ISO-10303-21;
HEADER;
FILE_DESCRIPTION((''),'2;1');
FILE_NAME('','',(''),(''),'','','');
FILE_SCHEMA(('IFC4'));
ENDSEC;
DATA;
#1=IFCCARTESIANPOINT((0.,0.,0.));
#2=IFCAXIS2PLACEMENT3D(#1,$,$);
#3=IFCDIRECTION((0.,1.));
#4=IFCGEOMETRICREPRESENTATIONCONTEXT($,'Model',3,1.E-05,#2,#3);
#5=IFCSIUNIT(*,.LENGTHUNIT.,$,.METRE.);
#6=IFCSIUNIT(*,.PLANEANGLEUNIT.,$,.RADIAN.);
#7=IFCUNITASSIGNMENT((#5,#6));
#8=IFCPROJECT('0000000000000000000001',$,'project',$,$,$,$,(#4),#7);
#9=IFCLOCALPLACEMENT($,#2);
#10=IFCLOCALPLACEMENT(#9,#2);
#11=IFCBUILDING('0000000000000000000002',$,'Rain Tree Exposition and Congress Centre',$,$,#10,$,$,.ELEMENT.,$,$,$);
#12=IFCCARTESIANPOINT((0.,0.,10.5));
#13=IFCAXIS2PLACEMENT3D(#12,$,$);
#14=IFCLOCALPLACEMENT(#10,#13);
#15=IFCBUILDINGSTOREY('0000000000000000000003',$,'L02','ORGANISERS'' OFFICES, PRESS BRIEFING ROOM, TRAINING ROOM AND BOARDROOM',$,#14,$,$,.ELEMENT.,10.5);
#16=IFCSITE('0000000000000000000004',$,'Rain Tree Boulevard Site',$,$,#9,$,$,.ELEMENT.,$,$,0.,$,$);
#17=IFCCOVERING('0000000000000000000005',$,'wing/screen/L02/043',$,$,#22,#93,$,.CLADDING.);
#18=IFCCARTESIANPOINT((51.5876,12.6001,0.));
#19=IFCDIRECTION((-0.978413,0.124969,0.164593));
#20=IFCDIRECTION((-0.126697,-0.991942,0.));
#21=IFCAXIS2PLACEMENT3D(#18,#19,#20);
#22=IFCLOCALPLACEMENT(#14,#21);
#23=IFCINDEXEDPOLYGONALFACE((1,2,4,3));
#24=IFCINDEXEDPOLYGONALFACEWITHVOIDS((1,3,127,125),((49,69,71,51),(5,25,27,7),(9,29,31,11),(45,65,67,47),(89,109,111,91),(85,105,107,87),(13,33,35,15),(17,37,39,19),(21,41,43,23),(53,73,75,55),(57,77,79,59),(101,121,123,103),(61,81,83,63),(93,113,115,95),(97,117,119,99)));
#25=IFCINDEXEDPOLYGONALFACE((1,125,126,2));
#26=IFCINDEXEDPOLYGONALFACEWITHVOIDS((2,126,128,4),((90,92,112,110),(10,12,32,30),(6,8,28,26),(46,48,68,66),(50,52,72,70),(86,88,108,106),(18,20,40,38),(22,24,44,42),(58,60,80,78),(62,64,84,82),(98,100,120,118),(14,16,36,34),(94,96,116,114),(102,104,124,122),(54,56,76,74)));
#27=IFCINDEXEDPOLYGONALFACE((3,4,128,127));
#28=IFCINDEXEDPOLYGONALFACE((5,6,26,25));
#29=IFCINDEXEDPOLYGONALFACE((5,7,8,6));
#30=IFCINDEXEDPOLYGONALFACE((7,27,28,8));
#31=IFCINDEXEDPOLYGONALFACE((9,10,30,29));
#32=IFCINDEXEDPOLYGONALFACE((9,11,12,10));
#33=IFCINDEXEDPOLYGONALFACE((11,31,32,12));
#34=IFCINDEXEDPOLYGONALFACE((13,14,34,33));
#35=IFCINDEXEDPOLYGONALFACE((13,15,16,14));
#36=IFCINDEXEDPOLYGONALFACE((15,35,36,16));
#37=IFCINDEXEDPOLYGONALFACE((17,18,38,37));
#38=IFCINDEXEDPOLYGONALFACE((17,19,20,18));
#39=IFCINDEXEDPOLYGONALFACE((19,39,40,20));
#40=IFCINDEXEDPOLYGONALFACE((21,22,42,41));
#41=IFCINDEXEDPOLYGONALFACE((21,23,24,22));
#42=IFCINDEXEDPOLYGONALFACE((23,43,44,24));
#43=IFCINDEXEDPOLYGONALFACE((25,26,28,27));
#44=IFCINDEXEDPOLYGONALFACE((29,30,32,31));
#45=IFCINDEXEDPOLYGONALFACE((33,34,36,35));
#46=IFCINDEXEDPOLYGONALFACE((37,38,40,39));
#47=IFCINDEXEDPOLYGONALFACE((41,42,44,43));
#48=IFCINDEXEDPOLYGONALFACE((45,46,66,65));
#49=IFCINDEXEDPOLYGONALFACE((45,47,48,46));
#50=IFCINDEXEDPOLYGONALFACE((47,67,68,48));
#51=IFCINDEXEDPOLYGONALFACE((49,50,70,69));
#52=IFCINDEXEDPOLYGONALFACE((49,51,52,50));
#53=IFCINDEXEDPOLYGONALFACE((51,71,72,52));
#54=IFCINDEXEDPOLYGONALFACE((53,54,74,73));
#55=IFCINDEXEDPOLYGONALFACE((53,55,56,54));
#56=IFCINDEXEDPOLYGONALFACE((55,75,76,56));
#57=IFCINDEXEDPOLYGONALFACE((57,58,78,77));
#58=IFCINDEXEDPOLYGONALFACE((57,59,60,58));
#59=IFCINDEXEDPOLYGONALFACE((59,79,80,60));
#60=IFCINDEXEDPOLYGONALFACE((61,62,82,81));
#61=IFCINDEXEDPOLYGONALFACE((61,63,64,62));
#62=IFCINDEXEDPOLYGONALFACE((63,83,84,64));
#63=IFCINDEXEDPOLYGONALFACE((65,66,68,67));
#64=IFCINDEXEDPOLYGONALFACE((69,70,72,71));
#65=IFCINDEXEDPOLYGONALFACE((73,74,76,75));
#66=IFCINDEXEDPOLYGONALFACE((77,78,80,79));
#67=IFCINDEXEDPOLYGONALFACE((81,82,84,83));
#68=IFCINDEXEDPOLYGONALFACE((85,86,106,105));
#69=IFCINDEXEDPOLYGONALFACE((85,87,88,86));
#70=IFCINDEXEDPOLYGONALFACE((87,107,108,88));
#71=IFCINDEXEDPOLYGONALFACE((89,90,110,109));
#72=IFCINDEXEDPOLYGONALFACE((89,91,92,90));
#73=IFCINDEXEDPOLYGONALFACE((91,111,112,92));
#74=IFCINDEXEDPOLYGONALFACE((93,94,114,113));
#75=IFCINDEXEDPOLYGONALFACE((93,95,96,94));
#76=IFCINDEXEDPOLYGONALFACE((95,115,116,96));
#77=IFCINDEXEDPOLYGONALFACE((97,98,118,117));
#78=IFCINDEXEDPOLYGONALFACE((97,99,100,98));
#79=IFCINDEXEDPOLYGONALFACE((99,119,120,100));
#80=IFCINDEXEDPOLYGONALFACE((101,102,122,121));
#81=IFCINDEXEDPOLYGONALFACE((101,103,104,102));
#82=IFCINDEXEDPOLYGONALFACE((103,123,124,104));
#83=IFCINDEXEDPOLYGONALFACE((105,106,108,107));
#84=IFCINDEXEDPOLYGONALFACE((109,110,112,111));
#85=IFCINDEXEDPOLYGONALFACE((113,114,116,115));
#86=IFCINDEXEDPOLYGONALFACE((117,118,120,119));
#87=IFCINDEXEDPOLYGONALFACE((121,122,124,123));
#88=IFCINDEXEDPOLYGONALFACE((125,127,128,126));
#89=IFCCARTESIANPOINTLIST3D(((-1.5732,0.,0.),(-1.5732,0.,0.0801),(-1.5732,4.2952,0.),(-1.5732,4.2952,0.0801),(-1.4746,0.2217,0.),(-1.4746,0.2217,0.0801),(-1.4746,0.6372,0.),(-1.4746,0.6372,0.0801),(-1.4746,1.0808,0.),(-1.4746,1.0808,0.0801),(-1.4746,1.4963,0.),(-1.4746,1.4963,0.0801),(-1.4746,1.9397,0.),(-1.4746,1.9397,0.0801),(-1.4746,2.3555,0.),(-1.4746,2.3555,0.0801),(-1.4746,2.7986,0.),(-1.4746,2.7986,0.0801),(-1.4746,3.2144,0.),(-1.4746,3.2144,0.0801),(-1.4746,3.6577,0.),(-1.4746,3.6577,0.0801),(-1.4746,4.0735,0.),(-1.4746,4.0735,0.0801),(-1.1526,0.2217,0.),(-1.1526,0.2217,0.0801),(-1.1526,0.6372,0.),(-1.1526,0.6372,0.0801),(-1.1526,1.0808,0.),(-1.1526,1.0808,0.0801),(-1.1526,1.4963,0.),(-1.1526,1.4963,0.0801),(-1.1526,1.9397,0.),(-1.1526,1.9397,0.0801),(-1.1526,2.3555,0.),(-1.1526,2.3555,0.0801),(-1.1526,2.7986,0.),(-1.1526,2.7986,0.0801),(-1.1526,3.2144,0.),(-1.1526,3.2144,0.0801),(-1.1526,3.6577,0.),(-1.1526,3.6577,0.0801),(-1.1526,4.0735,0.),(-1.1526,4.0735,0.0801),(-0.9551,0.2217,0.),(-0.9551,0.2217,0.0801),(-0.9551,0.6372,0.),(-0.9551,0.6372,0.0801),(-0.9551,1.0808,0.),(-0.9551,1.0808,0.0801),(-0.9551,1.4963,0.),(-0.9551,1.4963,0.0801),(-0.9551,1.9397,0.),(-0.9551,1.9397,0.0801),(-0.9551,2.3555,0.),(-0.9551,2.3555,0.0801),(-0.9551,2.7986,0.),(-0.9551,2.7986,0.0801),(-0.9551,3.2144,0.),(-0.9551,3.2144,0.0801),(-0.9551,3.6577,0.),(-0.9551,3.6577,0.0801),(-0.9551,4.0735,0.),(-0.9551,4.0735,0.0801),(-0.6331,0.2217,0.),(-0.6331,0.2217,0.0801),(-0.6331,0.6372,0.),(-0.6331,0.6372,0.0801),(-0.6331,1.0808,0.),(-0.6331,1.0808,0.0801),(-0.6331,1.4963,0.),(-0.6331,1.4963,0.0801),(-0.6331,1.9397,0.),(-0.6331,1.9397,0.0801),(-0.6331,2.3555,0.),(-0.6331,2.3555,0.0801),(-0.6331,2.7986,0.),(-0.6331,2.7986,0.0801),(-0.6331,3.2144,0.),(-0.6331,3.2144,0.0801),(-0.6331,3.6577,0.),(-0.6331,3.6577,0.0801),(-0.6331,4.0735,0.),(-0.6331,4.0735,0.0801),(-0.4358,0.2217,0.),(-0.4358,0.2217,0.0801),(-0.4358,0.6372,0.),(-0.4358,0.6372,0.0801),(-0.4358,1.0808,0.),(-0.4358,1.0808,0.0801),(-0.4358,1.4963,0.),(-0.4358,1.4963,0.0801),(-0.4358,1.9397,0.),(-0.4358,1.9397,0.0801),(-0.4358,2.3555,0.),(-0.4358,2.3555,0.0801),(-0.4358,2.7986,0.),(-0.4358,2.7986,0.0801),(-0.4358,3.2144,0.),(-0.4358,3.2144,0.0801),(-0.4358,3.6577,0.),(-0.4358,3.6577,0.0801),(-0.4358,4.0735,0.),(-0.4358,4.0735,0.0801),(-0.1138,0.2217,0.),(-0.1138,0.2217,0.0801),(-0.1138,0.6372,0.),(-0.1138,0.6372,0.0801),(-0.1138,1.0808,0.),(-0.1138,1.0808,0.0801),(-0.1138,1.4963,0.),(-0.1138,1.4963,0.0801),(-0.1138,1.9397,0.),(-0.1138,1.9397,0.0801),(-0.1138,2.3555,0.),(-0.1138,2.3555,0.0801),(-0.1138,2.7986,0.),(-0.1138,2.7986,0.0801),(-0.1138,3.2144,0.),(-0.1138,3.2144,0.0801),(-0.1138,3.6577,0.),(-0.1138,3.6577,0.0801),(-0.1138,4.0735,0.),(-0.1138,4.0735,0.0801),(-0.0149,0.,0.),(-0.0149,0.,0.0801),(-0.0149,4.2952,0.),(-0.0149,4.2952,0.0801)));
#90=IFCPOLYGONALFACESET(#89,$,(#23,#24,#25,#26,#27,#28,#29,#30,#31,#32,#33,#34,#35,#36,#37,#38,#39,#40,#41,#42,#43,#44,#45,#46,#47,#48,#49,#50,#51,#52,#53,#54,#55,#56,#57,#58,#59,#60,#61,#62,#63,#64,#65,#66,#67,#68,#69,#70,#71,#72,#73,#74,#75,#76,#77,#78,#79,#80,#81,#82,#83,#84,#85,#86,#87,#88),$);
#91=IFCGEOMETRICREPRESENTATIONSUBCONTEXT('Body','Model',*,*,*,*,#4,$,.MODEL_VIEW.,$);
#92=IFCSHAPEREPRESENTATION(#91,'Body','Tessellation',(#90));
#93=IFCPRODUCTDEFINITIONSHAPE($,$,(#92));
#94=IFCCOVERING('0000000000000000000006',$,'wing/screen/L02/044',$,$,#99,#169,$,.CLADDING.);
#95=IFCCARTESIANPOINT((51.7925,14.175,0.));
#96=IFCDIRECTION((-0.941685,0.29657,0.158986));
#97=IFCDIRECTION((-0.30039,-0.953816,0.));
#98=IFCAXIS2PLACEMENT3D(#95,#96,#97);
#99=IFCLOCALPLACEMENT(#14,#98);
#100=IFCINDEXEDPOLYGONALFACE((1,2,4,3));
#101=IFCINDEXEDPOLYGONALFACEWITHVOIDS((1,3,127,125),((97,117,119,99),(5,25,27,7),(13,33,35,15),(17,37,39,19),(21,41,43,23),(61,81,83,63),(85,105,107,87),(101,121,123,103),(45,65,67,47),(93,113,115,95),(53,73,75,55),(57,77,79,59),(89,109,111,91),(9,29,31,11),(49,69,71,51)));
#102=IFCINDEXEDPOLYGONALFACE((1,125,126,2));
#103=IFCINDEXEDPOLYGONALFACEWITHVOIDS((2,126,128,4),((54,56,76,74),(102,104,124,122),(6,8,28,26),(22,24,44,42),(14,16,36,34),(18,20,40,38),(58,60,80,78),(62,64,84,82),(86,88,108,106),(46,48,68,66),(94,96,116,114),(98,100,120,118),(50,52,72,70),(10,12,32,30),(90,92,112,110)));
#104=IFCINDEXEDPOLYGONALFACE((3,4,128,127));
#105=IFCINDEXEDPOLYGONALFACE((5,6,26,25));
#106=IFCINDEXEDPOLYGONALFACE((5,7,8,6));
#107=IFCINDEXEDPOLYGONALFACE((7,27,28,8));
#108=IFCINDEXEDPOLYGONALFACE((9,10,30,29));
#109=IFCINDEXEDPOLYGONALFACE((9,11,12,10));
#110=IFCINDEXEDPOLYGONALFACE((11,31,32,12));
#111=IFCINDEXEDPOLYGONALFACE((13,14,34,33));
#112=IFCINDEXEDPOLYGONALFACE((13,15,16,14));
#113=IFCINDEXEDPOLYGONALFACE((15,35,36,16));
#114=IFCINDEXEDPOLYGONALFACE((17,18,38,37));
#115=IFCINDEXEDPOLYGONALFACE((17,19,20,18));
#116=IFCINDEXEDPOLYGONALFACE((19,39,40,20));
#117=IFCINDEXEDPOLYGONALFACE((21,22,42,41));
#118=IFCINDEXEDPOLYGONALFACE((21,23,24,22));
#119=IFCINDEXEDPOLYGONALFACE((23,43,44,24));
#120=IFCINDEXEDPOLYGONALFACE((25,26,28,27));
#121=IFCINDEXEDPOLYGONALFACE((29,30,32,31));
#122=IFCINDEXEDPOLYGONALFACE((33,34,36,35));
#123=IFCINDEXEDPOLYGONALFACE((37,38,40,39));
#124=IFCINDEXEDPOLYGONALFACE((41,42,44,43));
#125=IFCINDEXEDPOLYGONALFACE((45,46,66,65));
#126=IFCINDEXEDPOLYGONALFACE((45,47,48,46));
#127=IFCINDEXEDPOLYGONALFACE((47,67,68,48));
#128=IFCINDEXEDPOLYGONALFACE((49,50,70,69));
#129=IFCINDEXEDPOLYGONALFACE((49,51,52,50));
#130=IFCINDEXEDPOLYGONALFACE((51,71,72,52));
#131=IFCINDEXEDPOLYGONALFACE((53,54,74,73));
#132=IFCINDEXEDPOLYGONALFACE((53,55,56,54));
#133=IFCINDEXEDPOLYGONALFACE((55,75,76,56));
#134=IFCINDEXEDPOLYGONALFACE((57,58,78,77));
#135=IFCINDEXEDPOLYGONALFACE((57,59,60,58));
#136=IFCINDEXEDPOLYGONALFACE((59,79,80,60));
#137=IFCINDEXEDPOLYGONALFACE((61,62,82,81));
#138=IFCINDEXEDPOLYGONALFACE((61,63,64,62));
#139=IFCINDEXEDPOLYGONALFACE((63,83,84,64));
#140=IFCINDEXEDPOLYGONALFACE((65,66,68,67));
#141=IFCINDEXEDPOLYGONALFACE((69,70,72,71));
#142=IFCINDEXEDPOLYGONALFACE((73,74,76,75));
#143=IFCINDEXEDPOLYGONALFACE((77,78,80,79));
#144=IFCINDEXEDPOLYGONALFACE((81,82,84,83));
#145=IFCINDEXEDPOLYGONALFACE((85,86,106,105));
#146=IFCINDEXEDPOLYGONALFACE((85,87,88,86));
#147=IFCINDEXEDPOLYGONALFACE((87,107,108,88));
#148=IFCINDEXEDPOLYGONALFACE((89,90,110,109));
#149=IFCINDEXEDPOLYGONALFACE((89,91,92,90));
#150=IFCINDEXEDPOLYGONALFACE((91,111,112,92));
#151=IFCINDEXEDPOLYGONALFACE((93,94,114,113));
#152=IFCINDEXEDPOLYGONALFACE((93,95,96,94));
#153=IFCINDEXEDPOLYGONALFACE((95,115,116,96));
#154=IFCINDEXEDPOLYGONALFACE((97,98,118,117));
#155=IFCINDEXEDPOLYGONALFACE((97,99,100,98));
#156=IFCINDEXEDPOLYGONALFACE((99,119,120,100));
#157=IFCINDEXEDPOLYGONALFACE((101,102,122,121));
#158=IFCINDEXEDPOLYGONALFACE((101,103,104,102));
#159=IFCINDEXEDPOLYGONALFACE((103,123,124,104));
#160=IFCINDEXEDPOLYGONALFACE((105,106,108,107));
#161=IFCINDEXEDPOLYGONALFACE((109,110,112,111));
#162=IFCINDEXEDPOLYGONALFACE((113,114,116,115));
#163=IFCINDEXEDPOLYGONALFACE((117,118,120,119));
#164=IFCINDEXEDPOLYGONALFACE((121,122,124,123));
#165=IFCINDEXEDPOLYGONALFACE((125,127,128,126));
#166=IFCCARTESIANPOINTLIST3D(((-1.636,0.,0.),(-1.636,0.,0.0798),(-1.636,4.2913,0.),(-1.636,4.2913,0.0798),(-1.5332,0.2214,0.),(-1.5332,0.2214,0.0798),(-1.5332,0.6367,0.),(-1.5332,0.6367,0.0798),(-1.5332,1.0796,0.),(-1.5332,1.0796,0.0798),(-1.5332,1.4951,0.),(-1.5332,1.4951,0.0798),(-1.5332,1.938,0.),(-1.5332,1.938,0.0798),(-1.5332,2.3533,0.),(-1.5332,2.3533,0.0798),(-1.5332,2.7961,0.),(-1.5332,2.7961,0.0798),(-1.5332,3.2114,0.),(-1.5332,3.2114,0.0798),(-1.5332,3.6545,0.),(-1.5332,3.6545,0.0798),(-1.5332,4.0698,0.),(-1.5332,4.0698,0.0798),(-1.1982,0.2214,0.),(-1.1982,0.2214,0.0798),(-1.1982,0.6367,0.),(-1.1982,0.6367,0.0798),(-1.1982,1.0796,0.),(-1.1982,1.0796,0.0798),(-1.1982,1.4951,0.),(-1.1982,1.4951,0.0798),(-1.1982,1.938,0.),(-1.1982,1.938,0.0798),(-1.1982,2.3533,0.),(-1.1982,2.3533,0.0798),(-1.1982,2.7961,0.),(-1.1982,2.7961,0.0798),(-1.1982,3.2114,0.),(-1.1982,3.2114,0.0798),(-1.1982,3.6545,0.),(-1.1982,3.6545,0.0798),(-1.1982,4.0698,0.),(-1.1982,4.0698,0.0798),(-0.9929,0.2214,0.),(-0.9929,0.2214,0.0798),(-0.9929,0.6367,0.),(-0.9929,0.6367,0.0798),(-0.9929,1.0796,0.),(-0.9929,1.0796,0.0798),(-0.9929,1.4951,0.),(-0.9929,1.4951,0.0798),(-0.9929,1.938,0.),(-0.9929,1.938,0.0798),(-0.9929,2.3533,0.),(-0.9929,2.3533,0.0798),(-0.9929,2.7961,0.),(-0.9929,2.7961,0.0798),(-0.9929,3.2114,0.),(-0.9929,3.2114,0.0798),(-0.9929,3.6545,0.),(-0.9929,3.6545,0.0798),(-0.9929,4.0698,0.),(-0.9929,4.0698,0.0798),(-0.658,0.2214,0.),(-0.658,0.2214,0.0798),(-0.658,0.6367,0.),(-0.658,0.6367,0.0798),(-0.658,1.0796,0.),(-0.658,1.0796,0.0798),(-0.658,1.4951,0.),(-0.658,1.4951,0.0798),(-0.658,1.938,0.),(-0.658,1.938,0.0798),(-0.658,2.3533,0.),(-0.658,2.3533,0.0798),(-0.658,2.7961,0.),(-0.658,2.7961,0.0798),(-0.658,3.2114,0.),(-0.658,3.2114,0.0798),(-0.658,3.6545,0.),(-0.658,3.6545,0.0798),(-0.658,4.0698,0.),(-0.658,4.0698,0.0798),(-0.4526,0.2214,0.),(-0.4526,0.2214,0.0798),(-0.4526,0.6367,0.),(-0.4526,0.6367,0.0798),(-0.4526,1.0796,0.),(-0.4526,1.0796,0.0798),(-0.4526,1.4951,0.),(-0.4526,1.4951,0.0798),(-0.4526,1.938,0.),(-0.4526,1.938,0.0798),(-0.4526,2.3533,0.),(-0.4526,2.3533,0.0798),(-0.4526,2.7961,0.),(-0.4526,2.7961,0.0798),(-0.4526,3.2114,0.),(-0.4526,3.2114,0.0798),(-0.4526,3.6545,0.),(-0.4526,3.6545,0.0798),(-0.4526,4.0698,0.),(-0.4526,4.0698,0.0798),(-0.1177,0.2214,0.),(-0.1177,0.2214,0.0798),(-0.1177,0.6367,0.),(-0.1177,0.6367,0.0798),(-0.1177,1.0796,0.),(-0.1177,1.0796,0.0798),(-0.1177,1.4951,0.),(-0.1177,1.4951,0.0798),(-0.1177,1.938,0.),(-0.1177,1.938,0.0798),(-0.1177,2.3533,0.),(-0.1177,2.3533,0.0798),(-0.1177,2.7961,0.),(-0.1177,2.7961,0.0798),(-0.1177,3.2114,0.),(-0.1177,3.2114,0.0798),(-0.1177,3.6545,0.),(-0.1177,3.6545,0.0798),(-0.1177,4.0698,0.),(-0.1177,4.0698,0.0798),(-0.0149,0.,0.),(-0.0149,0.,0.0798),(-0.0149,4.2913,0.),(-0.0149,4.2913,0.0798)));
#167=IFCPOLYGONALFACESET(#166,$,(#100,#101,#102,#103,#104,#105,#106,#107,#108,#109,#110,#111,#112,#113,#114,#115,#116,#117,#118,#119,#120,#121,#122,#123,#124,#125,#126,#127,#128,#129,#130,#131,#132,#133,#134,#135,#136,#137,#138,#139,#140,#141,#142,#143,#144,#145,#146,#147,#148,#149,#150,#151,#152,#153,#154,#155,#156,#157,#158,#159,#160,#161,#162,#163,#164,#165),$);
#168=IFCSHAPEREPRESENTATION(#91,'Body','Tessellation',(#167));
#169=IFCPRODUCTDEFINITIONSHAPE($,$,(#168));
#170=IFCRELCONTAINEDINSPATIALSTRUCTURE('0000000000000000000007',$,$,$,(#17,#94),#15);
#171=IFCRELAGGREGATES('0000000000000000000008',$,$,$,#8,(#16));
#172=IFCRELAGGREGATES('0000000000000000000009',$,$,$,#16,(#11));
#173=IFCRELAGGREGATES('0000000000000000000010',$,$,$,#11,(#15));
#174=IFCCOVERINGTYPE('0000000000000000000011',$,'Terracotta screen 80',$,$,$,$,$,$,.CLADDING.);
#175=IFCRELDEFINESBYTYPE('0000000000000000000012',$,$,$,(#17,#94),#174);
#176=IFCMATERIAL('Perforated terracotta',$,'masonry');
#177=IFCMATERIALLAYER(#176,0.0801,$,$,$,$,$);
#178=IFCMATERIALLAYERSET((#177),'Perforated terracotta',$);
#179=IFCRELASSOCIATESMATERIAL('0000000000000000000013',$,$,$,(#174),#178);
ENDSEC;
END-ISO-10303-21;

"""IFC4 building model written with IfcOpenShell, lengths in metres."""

from ifc_helpers import new_model, si_unit, direction, frame, origin, place, context, subcontext, project, spatial, polyline, outline, extrude, material, layer, layer_set, type_object, element, save


model = new_model("IFC4")

# Units and contexts
model_context = context("Model", 3, precision=1e-05, world=origin(), true_north=direction((0.0, 1.0)))
body_context = subcontext(model_context, "Body", "Model", "MODEL_VIEW")
ifc_project = project(units=[si_unit("LENGTHUNIT", "METRE"), si_unit("PLANEANGLEUNIT", "RADIAN")], contexts=[model_context])

# Site, building, storey
site_placement = place(None, origin())
site = spatial("IfcSite", under=ifc_project, at=site_placement, Name="Rain Tree Boulevard Site", CompositionType="ELEMENT", RefElevation=0.0)
building_placement = place(site_placement, origin())
building = spatial("IfcBuilding", under=site, at=building_placement, Name="Rain Tree Exposition and Congress Centre", CompositionType="ELEMENT")
storey_placement = place(building_placement, frame((0.0, 0.0, 10.5)))
storey = spatial("IfcBuildingStorey", under=building, at=storey_placement, Name="L02", Description="ORGANISERS' OFFICES, PRESS BRIEFING ROOM, TRAINING ROOM AND BOARDROOM", CompositionType="ELEMENT", Elevation=10.5)

# Coverings
ifc_material_1 = material(Name="Perforated terracotta", Category="masonry")
ifc_layer_1 = layer(ifc_material_1, 0.0801)
ifc_layer_set_1 = layer_set([ifc_layer_1], Name="Perforated terracotta")
covering_type = type_object("IfcCoveringType", Name="Terracotta screen 80", PredefinedType="CLADDING", material=ifc_layer_set_1)
covering_1_placement = place(storey_placement, frame((51.5876, 12.6001, 0.0), z_axis=(-0.978413, 0.124969, 0.164593), x_axis=(-0.126697, -0.991942, 0.0)))
element("IfcCovering", 1, at=covering_1_placement, inside=storey, type_object=covering_type, Name="wing/screen/L02/043", PredefinedType="CLADDING", context=body_context, shape_type="SweptSolid", body=[
    extrude(outline(polyline([(-1.5732, 0.0), (-1.5732, 4.2952), (-0.0149, 4.2952), (-0.0149, 0.0), (-1.5732, 0.0)]), holes=[polyline([(-0.1138, 0.2217), (-0.1138, 0.6372), (-0.4358, 0.6372), (-0.4358, 0.2217), (-0.1138, 0.2217)]), polyline([(-0.1138, 1.0808), (-0.1138, 1.4963), (-0.4358, 1.4963), (-0.4358, 1.0808), (-0.1138, 1.0808)]), polyline([(-0.1138, 1.9397), (-0.1138, 2.3555), (-0.4358, 2.3555), (-0.4358, 1.9397), (-0.1138, 1.9397)]), polyline([(-0.1138, 2.7986), (-0.1138, 3.2144), (-0.4358, 3.2144), (-0.4358, 2.7986), (-0.1138, 2.7986)]), polyline([(-0.1138, 3.6577), (-0.1138, 4.0735), (-0.4358, 4.0735), (-0.4358, 3.6577), (-0.1138, 3.6577)]), polyline([(-0.6331, 0.2217), (-0.6331, 0.6372), (-0.9551, 0.6372), (-0.9551, 0.2217), (-0.6331, 0.2217)]), polyline([(-0.6331, 1.0808), (-0.6331, 1.4963), (-0.9551, 1.4963), (-0.9551, 1.0808), (-0.6331, 1.0808)]), polyline([(-0.6331, 1.9397), (-0.6331, 2.3555), (-0.9551, 2.3555), (-0.9551, 1.9397), (-0.6331, 1.9397)]), polyline([(-0.6331, 2.7986), (-0.6331, 3.2144), (-0.9551, 3.2144), (-0.9551, 2.7986), (-0.6331, 2.7986)]), polyline([(-0.6331, 3.6577), (-0.6331, 4.0735), (-0.9551, 4.0735), (-0.9551, 3.6577), (-0.6331, 3.6577)]), polyline([(-1.1526, 0.2217), (-1.1526, 0.6372), (-1.4746, 0.6372), (-1.4746, 0.2217), (-1.1526, 0.2217)]), polyline([(-1.1526, 1.0808), (-1.1526, 1.4963), (-1.4746, 1.4963), (-1.4746, 1.0808), (-1.1526, 1.0808)]), polyline([(-1.1526, 1.9397), (-1.1526, 2.3555), (-1.4746, 2.3555), (-1.4746, 1.9397), (-1.1526, 1.9397)]), polyline([(-1.1526, 2.7986), (-1.1526, 3.2144), (-1.4746, 3.2144), (-1.4746, 2.7986), (-1.1526, 2.7986)]), polyline([(-1.1526, 3.6577), (-1.1526, 4.0735), (-1.4746, 4.0735), (-1.4746, 3.6577), (-1.1526, 3.6577)])]), origin(), (0.0, 0.0, 1.0), 0.0801),
])
covering_2_placement = place(storey_placement, frame((51.7925, 14.175, 0.0), z_axis=(-0.941685, 0.29657, 0.158986), x_axis=(-0.30039, -0.953816, 0.0)))
element("IfcCovering", 2, at=covering_2_placement, inside=storey, type_object=covering_type, Name="wing/screen/L02/044", PredefinedType="CLADDING", context=body_context, shape_type="SweptSolid", body=[
    extrude(outline(polyline([(-1.636, 0.0), (-1.636, 4.2913), (-0.0149, 4.2913), (-0.0149, 0.0), (-1.636, 0.0)]), holes=[polyline([(-0.1177, 0.2214), (-0.1177, 0.6367), (-0.4526, 0.6367), (-0.4526, 0.2214), (-0.1177, 0.2214)]), polyline([(-0.1177, 1.0796), (-0.1177, 1.4951), (-0.4526, 1.4951), (-0.4526, 1.0796), (-0.1177, 1.0796)]), polyline([(-0.1177, 1.938), (-0.1177, 2.3533), (-0.4526, 2.3533), (-0.4526, 1.938), (-0.1177, 1.938)]), polyline([(-0.1177, 2.7961), (-0.1177, 3.2114), (-0.4526, 3.2114), (-0.4526, 2.7961), (-0.1177, 2.7961)]), polyline([(-0.1177, 3.6545), (-0.1177, 4.0698), (-0.4526, 4.0698), (-0.4526, 3.6545), (-0.1177, 3.6545)]), polyline([(-0.658, 0.2214), (-0.658, 0.6367), (-0.9929, 0.6367), (-0.9929, 0.2214), (-0.658, 0.2214)]), polyline([(-0.658, 1.0796), (-0.658, 1.4951), (-0.9929, 1.4951), (-0.9929, 1.0796), (-0.658, 1.0796)]), polyline([(-0.658, 1.938), (-0.658, 2.3533), (-0.9929, 2.3533), (-0.9929, 1.938), (-0.658, 1.938)]), polyline([(-0.658, 2.7961), (-0.658, 3.2114), (-0.9929, 3.2114), (-0.9929, 2.7961), (-0.658, 2.7961)]), polyline([(-0.658, 3.6545), (-0.658, 4.0698), (-0.9929, 4.0698), (-0.9929, 3.6545), (-0.658, 3.6545)]), polyline([(-1.1982, 0.2214), (-1.1982, 0.6367), (-1.5332, 0.6367), (-1.5332, 0.2214), (-1.1982, 0.2214)]), polyline([(-1.1982, 1.0796), (-1.1982, 1.4951), (-1.5332, 1.4951), (-1.5332, 1.0796), (-1.1982, 1.0796)]), polyline([(-1.1982, 1.938), (-1.1982, 2.3533), (-1.5332, 2.3533), (-1.5332, 1.938), (-1.1982, 1.938)]), polyline([(-1.1982, 2.7961), (-1.1982, 3.2114), (-1.5332, 3.2114), (-1.5332, 2.7961), (-1.1982, 2.7961)]), polyline([(-1.1982, 3.6545), (-1.1982, 4.0698), (-1.5332, 4.0698), (-1.5332, 3.6545), (-1.1982, 3.6545)])]), origin(), (0.0, 0.0, 1.0), 0.0798),
])

save(model, "model.ifc")
